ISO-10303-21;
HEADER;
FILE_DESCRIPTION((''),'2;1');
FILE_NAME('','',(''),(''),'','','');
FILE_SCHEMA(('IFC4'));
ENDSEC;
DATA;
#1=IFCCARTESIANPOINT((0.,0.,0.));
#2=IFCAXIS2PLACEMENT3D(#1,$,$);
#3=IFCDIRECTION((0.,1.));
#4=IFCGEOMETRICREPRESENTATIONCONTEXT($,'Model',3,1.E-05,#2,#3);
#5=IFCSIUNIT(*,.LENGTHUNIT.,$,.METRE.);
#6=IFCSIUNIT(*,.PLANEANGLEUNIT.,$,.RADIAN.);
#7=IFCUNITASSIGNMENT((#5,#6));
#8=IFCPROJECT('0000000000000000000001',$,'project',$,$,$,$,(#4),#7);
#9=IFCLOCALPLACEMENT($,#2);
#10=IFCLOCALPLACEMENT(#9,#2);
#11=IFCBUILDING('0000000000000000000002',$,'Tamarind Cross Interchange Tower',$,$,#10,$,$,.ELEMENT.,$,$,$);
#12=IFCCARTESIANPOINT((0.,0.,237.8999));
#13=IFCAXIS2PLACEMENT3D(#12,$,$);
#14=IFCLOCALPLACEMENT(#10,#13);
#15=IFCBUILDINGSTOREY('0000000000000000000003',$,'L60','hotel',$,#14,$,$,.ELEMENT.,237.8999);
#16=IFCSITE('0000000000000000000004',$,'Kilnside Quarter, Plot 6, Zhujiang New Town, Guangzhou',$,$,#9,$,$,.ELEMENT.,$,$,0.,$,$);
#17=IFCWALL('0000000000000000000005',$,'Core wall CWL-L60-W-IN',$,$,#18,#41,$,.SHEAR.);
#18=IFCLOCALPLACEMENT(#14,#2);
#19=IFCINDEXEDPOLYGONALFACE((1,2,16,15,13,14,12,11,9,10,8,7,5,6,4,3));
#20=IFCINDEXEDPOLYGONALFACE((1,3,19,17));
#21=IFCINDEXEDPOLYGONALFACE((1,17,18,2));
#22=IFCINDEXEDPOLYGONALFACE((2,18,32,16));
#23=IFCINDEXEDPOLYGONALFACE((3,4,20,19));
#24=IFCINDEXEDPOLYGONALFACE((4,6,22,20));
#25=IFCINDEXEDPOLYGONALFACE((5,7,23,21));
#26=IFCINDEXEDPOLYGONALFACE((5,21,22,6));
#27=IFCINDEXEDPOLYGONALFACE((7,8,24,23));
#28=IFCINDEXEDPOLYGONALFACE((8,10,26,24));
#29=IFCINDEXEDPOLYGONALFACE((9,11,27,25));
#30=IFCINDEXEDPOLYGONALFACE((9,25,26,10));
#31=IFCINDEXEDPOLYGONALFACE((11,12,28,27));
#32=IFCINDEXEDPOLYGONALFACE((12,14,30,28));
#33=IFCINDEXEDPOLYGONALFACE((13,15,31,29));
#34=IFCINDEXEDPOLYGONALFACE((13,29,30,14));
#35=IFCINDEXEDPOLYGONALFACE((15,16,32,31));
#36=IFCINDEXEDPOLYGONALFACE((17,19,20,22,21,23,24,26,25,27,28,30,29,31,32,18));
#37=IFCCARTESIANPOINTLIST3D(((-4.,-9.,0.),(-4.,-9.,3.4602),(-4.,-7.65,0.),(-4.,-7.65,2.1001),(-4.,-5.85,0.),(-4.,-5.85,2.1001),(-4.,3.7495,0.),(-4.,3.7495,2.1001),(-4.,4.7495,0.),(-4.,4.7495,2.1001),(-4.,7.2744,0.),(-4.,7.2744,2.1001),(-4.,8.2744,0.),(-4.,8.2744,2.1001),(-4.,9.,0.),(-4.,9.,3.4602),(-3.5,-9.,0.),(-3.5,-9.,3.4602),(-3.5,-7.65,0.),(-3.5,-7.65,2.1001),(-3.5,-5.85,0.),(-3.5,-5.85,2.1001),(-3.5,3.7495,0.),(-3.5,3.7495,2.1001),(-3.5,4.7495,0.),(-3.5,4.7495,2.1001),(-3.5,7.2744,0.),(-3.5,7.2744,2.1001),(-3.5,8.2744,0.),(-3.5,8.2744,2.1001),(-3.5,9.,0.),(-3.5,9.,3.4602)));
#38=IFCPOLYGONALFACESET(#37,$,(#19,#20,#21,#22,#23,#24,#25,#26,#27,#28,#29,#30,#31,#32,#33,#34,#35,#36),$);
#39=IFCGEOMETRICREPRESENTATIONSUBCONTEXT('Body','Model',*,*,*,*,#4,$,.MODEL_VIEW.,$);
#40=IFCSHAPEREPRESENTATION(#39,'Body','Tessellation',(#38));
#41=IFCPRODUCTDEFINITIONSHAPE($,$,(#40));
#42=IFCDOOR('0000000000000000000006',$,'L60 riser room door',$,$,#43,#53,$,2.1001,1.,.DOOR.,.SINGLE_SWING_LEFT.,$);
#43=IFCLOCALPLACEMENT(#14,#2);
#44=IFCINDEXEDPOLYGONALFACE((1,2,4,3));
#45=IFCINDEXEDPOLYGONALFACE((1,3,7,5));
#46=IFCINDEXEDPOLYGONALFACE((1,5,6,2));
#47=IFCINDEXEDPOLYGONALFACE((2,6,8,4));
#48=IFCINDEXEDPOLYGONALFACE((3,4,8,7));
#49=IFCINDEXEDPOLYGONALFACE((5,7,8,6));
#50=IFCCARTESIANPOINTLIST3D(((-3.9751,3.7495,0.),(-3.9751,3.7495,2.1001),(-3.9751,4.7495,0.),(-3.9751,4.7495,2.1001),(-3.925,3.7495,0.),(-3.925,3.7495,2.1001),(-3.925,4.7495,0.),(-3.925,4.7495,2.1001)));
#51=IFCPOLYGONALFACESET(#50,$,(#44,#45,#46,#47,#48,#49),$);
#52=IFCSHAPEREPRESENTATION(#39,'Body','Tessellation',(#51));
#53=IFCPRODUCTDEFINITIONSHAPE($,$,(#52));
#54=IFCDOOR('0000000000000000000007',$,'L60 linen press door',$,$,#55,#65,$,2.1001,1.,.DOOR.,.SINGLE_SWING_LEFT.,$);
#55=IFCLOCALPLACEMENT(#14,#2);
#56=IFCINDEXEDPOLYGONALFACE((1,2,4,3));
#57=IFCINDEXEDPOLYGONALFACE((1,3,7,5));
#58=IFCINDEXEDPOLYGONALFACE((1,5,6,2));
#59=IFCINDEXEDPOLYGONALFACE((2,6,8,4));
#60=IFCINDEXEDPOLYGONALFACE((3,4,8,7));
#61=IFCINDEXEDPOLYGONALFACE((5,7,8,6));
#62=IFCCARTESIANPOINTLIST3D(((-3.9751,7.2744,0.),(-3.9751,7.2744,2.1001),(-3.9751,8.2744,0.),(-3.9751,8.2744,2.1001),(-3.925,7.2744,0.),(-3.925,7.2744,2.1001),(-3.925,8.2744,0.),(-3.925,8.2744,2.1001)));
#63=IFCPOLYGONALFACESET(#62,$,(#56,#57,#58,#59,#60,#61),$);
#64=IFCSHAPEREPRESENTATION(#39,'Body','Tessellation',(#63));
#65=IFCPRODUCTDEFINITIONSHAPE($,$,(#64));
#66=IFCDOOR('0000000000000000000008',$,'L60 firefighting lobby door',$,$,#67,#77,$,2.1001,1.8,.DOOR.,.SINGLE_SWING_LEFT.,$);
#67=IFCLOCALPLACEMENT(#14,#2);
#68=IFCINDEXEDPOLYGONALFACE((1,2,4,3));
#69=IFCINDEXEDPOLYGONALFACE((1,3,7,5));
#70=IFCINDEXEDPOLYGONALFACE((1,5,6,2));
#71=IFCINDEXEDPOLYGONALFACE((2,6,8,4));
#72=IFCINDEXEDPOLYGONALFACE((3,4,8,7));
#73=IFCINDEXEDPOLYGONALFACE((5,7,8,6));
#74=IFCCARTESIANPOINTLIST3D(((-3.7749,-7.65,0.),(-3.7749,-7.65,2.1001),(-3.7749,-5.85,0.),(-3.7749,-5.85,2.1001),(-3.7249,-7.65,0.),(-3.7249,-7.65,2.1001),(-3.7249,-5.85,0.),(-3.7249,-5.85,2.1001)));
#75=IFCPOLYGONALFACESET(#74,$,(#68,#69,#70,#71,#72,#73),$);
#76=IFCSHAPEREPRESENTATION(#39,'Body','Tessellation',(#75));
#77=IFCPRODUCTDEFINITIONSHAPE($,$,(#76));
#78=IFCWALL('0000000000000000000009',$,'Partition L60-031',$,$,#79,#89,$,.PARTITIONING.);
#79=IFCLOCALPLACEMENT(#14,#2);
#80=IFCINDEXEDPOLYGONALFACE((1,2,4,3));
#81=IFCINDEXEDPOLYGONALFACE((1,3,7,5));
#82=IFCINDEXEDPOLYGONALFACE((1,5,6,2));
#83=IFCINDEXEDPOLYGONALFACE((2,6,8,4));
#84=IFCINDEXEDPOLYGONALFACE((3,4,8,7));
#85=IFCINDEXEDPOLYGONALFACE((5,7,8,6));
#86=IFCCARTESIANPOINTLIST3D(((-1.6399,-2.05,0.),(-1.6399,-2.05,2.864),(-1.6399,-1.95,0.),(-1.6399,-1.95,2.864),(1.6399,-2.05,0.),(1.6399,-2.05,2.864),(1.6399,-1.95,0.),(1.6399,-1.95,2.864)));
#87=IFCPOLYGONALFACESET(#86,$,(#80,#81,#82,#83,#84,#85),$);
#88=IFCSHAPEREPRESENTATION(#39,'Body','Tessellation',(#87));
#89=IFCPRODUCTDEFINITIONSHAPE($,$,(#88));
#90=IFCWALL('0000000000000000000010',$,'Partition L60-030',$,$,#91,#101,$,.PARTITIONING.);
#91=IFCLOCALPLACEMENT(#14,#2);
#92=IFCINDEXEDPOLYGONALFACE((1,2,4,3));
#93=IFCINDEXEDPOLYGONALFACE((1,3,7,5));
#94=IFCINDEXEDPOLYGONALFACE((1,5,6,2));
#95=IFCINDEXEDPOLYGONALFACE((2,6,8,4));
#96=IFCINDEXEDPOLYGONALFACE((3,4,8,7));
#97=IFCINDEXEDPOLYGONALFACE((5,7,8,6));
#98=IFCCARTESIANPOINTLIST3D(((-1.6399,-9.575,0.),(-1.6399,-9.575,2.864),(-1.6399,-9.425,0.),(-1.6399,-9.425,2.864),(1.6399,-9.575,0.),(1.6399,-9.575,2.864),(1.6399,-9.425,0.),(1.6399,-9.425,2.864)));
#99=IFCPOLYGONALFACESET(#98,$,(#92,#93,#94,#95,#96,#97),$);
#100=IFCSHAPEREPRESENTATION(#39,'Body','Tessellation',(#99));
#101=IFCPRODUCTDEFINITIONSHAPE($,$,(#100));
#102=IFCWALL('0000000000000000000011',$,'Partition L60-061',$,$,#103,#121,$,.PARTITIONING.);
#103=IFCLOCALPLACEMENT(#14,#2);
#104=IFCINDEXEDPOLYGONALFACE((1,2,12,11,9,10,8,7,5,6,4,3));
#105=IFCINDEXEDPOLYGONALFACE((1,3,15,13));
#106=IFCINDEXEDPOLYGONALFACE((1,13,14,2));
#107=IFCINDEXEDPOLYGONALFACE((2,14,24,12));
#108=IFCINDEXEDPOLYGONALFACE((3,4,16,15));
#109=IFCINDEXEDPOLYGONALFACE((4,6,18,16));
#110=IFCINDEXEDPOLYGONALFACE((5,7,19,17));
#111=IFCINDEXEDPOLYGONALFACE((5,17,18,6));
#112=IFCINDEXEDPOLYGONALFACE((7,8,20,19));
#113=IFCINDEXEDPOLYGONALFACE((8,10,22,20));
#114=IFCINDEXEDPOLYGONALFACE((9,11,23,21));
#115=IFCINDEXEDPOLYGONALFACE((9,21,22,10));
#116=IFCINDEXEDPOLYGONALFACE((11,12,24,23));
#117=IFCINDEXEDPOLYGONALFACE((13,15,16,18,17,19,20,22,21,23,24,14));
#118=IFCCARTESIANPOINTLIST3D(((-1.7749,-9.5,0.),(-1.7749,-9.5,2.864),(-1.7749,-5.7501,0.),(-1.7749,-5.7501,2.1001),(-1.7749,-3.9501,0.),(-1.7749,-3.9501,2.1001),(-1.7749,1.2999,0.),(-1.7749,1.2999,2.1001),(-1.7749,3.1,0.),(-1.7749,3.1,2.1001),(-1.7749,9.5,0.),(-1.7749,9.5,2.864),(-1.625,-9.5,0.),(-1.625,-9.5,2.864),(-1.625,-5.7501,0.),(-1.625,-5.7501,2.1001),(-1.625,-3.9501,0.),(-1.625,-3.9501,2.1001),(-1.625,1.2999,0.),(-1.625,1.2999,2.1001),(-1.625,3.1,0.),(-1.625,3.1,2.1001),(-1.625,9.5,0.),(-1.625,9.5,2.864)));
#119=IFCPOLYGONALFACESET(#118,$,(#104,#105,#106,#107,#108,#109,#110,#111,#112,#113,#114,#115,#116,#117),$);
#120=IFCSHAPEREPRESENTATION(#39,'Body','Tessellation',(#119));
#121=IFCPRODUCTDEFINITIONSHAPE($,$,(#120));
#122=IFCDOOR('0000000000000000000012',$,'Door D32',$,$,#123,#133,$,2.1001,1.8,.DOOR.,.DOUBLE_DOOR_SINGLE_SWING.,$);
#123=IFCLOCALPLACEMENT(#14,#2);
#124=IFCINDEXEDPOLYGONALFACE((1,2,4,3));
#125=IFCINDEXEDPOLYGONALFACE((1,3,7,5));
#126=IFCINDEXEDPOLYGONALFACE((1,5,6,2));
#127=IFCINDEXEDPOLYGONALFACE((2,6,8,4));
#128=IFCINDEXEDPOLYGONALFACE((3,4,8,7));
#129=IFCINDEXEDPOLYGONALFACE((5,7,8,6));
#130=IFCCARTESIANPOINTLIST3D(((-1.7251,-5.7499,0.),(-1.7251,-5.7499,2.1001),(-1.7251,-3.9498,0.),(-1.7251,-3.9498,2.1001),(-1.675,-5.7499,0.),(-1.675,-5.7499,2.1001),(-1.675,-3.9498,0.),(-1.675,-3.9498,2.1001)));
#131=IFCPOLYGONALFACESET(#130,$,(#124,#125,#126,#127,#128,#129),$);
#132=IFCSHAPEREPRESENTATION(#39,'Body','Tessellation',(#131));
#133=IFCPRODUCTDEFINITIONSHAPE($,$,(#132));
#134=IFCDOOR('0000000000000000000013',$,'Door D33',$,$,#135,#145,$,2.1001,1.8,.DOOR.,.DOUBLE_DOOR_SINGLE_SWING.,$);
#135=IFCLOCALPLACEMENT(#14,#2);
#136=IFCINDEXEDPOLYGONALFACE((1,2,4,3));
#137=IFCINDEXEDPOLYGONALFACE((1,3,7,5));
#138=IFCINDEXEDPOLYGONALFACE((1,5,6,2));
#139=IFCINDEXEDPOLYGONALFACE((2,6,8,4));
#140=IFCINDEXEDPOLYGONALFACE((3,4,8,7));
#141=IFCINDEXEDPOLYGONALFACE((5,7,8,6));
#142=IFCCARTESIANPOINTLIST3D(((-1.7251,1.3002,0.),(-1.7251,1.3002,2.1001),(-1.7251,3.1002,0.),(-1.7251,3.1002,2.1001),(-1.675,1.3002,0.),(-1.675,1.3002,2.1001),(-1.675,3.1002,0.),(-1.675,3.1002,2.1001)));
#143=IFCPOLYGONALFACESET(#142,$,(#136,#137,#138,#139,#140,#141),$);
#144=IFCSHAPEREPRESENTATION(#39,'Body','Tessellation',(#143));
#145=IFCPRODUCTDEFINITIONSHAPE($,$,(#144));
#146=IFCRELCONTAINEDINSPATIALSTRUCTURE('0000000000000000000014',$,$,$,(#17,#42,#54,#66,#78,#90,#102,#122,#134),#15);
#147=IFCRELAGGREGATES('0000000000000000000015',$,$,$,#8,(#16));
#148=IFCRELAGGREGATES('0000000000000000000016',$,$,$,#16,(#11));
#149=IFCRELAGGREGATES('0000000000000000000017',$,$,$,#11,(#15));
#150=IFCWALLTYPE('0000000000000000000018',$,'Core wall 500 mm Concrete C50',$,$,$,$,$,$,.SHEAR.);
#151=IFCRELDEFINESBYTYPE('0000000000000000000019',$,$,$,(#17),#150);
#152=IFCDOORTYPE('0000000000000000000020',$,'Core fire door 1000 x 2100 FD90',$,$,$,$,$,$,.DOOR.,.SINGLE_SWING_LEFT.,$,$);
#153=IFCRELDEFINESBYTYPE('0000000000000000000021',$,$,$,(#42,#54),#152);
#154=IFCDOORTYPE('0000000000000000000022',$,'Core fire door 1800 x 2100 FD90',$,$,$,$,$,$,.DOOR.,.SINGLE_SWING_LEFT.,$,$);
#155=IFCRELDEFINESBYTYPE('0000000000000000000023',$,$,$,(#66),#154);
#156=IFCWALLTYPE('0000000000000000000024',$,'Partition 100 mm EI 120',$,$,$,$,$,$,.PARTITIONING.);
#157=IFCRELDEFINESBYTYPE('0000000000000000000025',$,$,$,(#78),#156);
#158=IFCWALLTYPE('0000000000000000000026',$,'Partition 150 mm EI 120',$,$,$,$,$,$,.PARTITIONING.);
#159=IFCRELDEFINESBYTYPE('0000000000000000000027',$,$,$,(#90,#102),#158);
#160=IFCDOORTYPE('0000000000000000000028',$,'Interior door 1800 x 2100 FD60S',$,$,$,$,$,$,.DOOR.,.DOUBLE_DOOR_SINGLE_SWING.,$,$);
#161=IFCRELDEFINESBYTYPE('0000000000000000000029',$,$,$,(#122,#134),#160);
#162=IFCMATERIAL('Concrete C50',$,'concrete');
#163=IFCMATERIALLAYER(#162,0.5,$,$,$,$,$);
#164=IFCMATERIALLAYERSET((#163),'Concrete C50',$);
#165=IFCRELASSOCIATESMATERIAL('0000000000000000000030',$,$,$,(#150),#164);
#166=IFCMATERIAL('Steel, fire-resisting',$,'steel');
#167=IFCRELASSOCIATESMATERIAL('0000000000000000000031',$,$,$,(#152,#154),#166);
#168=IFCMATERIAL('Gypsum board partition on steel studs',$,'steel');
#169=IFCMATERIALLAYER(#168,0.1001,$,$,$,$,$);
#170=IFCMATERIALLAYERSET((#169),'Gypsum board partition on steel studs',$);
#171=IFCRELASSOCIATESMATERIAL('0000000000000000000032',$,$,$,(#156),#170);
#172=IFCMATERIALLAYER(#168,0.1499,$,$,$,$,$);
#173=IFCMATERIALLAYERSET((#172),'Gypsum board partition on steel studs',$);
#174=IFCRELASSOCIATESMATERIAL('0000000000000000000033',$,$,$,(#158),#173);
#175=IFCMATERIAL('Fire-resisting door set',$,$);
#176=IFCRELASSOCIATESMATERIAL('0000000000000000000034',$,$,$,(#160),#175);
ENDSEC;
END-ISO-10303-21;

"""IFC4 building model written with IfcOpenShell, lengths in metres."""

from ifc_helpers import new_model, si_unit, direction, frame, frame_2d, origin, place, context, subcontext, project, spatial, rectangle, extrude, material, layer, layer_set, type_object, element, fill, save


model = new_model("IFC4")

# Units and contexts
model_context = context("Model", 3, precision=1e-05, world=origin(), true_north=direction((0.0, 1.0)))
body_context = subcontext(model_context, "Body", "Model", "MODEL_VIEW")
ifc_project = project(units=[si_unit("LENGTHUNIT", "METRE"), si_unit("PLANEANGLEUNIT", "RADIAN")], contexts=[model_context])

# Site, building, storey
site_placement = place(None, origin())
site = spatial("IfcSite", under=ifc_project, at=site_placement, Name="Kilnside Quarter, Plot 6, Zhujiang New Town, Guangzhou", CompositionType="ELEMENT", RefElevation=0.0)
building_placement = place(site_placement, origin())
building = spatial("IfcBuilding", under=site, at=building_placement, Name="Tamarind Cross Interchange Tower", CompositionType="ELEMENT")
storey_placement = place(building_placement, frame((0.0, 0.0, 237.8999)))
storey = spatial("IfcBuildingStorey", under=building, at=storey_placement, Name="L60", Description="hotel", CompositionType="ELEMENT", Elevation=237.8999)

# Wall, openings, doors
ifc_material_1 = material(Name="Concrete C50", Category="concrete")
ifc_layer_1 = layer(ifc_material_1, 0.5)
ifc_layer_set_1 = layer_set([ifc_layer_1], Name="Concrete C50")
wall_type_1 = type_object("IfcWallType", Name="Core wall 500 mm Concrete C50", PredefinedType="SHEAR", material=ifc_layer_set_1)
wall_1_placement = place(storey_placement, frame((-3.75, -9.0, 0.0), z_axis=(0.0, 0.0, 1.0), x_axis=(0.0, 1.0, 0.0)))
wall_1 = element("IfcWall", 1, at=wall_1_placement, inside=storey, type_object=wall_type_1, Name="Core wall CWL-L60-W-IN", PredefinedType="SHEAR", context=body_context, shape_type="SweptSolid", body=[
    extrude(rectangle(XDim=18.0, YDim=0.5, at=frame_2d((9.0, 0.0))), origin(), (0.0, 0.0, 1.0), 3.4602),
])
opening_1_placement = place(wall_1_placement, frame((1.3501, 0.0, 0.0)))
opening_1 = element("IfcOpeningElement", 2, at=opening_1_placement, cuts=wall_1, PredefinedType="OPENING", context=body_context, shape_type="SweptSolid", body=[
    extrude(rectangle(XDim=1.8, YDim=2.1001, at=frame_2d((0.8999, 1.05))), frame((0.0, 0.26, 0.0), z_axis=(0.0, -1.0, 0.0), x_axis=(1.0, 0.0, 0.0)), (0.0, 0.0, 1.0), 0.52),
])
opening_2_placement = place(wall_1_placement, frame((12.7495, 0.0, 0.0)))
opening_2 = element("IfcOpeningElement", 3, at=opening_2_placement, cuts=wall_1, PredefinedType="OPENING", context=body_context, shape_type="SweptSolid", body=[
    extrude(rectangle(XDim=1.0, YDim=2.1001, at=frame_2d((0.5, 1.05))), frame((0.0, 0.26, 0.0), z_axis=(0.0, -1.0, 0.0), x_axis=(1.0, 0.0, 0.0)), (0.0, 0.0, 1.0), 0.52),
])
opening_3_placement = place(wall_1_placement, frame((16.2744, 0.0, 0.0)))
opening_3 = element("IfcOpeningElement", 4, at=opening_3_placement, cuts=wall_1, PredefinedType="OPENING", context=body_context, shape_type="SweptSolid", body=[
    extrude(rectangle(XDim=1.0, YDim=2.1001, at=frame_2d((0.5, 1.05))), frame((0.0, 0.26, 0.0), z_axis=(0.0, -1.0, 0.0), x_axis=(1.0, 0.0, 0.0)), (0.0, 0.0, 1.0), 0.52),
])
ifc_material_2 = material(Name="Steel, fire-resisting", Category="steel")
door_type_1 = type_object("IfcDoorType", Name="Core fire door 1000 x 2100 FD90", OperationType="SINGLE_SWING_LEFT", PredefinedType="DOOR", material=ifc_material_2)
door_1_placement = place(opening_2_placement, origin())
door_1 = element("IfcDoor", 5, at=door_1_placement, inside=storey, type_object=door_type_1, Name="L60 riser room door", OperationType="SINGLE_SWING_LEFT", OverallHeight=2.1001, OverallWidth=1.0, PredefinedType="DOOR", context=body_context, shape_type="SweptSolid", body=[
    extrude(rectangle(XDim=1.0, YDim=2.1001, at=frame_2d((0.5, 1.05))), frame((0.0, 0.2251, 0.0), z_axis=(0.0, -1.0, 0.0), x_axis=(1.0, 0.0, 0.0)), (0.0, 0.0, 1.0), 0.05),
])
fill(opening_2, door_1)
door_2_placement = place(opening_3_placement, origin())
door_2 = element("IfcDoor", 6, at=door_2_placement, inside=storey, type_object=door_type_1, Name="L60 linen press door", OperationType="SINGLE_SWING_LEFT", OverallHeight=2.1001, OverallWidth=1.0, PredefinedType="DOOR", context=body_context, shape_type="SweptSolid", body=[
    extrude(rectangle(XDim=1.0, YDim=2.1001, at=frame_2d((0.5, 1.05))), frame((0.0, 0.2251, 0.0), z_axis=(0.0, -1.0, 0.0), x_axis=(1.0, 0.0, 0.0)), (0.0, 0.0, 1.0), 0.05),
])
fill(opening_3, door_2)
door_type_2 = type_object("IfcDoorType", Name="Core fire door 1800 x 2100 FD90", OperationType="SINGLE_SWING_LEFT", PredefinedType="DOOR", material=ifc_material_2)
door_3_placement = place(opening_1_placement, origin())
door_3 = element("IfcDoor", 7, at=door_3_placement, inside=storey, type_object=door_type_2, Name="L60 firefighting lobby door", OperationType="SINGLE_SWING_LEFT", OverallHeight=2.1001, OverallWidth=1.8, PredefinedType="DOOR", context=body_context, shape_type="SweptSolid", body=[
    extrude(rectangle(XDim=1.8, YDim=2.1001, at=frame_2d((0.8999, 1.05))), frame((0.0, 0.0249, 0.0), z_axis=(0.0, -1.0, 0.0), x_axis=(1.0, 0.0, 0.0)), (0.0, 0.0, 1.0), 0.05),
])
fill(opening_1, door_3)

# Walls
ifc_material_3 = material(Name="Gypsum board partition on steel studs", Category="steel")
ifc_layer_2 = layer(ifc_material_3, 0.1001)
ifc_layer_set_2 = layer_set([ifc_layer_2], Name="Gypsum board partition on steel studs")
wall_type_2 = type_object("IfcWallType", Name="Partition 100 mm EI 120", PredefinedType="PARTITIONING", material=ifc_layer_set_2)
wall_2_placement = place(storey_placement, frame((-1.6399, -2.0, 0.0), z_axis=(0.0, 0.0, 1.0), x_axis=(1.0, 0.0, 0.0)))
element("IfcWall", 8, at=wall_2_placement, inside=storey, type_object=wall_type_2, Name="Partition L60-031", PredefinedType="PARTITIONING", context=body_context, shape_type="SweptSolid", body=[
    extrude(rectangle(XDim=3.2798, YDim=0.1001, at=frame_2d((1.6399, 0.0))), origin(), (0.0, 0.0, 1.0), 2.864),
])
ifc_layer_3 = layer(ifc_material_3, 0.1499)
ifc_layer_set_3 = layer_set([ifc_layer_3], Name="Gypsum board partition on steel studs")
wall_type_3 = type_object("IfcWallType", Name="Partition 150 mm EI 120", PredefinedType="PARTITIONING", material=ifc_layer_set_3)
wall_3_placement = place(storey_placement, frame((-1.6399, -9.5, 0.0), z_axis=(0.0, 0.0, 1.0), x_axis=(1.0, 0.0, 0.0)))
element("IfcWall", 9, at=wall_3_placement, inside=storey, type_object=wall_type_3, Name="Partition L60-030", PredefinedType="PARTITIONING", context=body_context, shape_type="SweptSolid", body=[
    extrude(rectangle(XDim=3.2798, YDim=0.1499, at=frame_2d((1.6399, 0.0))), origin(), (0.0, 0.0, 1.0), 2.864),
])

# Wall, openings, doors
wall_4_placement = place(storey_placement, frame((-1.7, -9.5, 0.0), z_axis=(0.0, 0.0, 1.0), x_axis=(0.0, 1.0, 0.0)))
wall_4 = element("IfcWall", 10, at=wall_4_placement, inside=storey, type_object=wall_type_3, Name="Partition L60-061", PredefinedType="PARTITIONING", context=body_context, shape_type="SweptSolid", body=[
    extrude(rectangle(XDim=19.0, YDim=0.1499, at=frame_2d((9.5, 0.0))), origin(), (0.0, 0.0, 1.0), 2.864),
])
opening_4_placement = place(wall_4_placement, frame((3.75, 0.0, 0.0)))
opening_4 = element("IfcOpeningElement", 11, at=opening_4_placement, cuts=wall_4, PredefinedType="OPENING", context=body_context, shape_type="SweptSolid", body=[
    extrude(rectangle(XDim=1.8, YDim=2.1001, at=frame_2d((0.8999, 1.05))), frame((0.0, 0.085, 0.0), z_axis=(0.0, -1.0, 0.0), x_axis=(1.0, 0.0, 0.0)), (0.0, 0.0, 1.0), 0.1699),
])
opening_5_placement = place(wall_4_placement, frame((10.8, 0.0, 0.0)))
opening_5 = element("IfcOpeningElement", 12, at=opening_5_placement, cuts=wall_4, PredefinedType="OPENING", context=body_context, shape_type="SweptSolid", body=[
    extrude(rectangle(XDim=1.8, YDim=2.1001, at=frame_2d((0.8999, 1.05))), frame((0.0, 0.085, 0.0), z_axis=(0.0, -1.0, 0.0), x_axis=(1.0, 0.0, 0.0)), (0.0, 0.0, 1.0), 0.1699),
])
ifc_material_4 = material(Name="Fire-resisting door set")
door_type_3 = type_object("IfcDoorType", Name="Interior door 1800 x 2100 FD60S", OperationType="DOUBLE_DOOR_SINGLE_SWING", PredefinedType="DOOR", material=ifc_material_4)
door_4_placement = place(opening_4_placement, frame((1.8, 0.0, 0.0), z_axis=(0.0, 0.0, 1.0), x_axis=(-1.0, 0.0, 0.0)))
door_4 = element("IfcDoor", 13, at=door_4_placement, inside=storey, type_object=door_type_3, Name="Door D32", OperationType="DOUBLE_DOOR_SINGLE_SWING", OverallHeight=2.1001, OverallWidth=1.8, PredefinedType="DOOR", context=body_context, shape_type="SweptSolid", body=[
    extrude(rectangle(XDim=1.8, YDim=2.1001, at=frame_2d((0.8999, 1.05))), frame((0.0, 0.0249, 0.0), z_axis=(0.0, -1.0, 0.0), x_axis=(1.0, 0.0, 0.0)), (0.0, 0.0, 1.0), 0.05),
])
fill(opening_4, door_4)
door_5_placement = place(opening_5_placement, frame((1.8, 0.0, 0.0), z_axis=(0.0, 0.0, 1.0), x_axis=(-1.0, 0.0, 0.0)))
door_5 = element("IfcDoor", 14, at=door_5_placement, inside=storey, type_object=door_type_3, Name="Door D33", OperationType="DOUBLE_DOOR_SINGLE_SWING", OverallHeight=2.1001, OverallWidth=1.8, PredefinedType="DOOR", context=body_context, shape_type="SweptSolid", body=[
    extrude(rectangle(XDim=1.8, YDim=2.1001, at=frame_2d((0.8999, 1.05))), frame((0.0, 0.0249, 0.0), z_axis=(0.0, -1.0, 0.0), x_axis=(1.0, 0.0, 0.0)), (0.0, 0.0, 1.0), 0.05),
])
fill(opening_5, door_5)

save(model, "model.ifc")
